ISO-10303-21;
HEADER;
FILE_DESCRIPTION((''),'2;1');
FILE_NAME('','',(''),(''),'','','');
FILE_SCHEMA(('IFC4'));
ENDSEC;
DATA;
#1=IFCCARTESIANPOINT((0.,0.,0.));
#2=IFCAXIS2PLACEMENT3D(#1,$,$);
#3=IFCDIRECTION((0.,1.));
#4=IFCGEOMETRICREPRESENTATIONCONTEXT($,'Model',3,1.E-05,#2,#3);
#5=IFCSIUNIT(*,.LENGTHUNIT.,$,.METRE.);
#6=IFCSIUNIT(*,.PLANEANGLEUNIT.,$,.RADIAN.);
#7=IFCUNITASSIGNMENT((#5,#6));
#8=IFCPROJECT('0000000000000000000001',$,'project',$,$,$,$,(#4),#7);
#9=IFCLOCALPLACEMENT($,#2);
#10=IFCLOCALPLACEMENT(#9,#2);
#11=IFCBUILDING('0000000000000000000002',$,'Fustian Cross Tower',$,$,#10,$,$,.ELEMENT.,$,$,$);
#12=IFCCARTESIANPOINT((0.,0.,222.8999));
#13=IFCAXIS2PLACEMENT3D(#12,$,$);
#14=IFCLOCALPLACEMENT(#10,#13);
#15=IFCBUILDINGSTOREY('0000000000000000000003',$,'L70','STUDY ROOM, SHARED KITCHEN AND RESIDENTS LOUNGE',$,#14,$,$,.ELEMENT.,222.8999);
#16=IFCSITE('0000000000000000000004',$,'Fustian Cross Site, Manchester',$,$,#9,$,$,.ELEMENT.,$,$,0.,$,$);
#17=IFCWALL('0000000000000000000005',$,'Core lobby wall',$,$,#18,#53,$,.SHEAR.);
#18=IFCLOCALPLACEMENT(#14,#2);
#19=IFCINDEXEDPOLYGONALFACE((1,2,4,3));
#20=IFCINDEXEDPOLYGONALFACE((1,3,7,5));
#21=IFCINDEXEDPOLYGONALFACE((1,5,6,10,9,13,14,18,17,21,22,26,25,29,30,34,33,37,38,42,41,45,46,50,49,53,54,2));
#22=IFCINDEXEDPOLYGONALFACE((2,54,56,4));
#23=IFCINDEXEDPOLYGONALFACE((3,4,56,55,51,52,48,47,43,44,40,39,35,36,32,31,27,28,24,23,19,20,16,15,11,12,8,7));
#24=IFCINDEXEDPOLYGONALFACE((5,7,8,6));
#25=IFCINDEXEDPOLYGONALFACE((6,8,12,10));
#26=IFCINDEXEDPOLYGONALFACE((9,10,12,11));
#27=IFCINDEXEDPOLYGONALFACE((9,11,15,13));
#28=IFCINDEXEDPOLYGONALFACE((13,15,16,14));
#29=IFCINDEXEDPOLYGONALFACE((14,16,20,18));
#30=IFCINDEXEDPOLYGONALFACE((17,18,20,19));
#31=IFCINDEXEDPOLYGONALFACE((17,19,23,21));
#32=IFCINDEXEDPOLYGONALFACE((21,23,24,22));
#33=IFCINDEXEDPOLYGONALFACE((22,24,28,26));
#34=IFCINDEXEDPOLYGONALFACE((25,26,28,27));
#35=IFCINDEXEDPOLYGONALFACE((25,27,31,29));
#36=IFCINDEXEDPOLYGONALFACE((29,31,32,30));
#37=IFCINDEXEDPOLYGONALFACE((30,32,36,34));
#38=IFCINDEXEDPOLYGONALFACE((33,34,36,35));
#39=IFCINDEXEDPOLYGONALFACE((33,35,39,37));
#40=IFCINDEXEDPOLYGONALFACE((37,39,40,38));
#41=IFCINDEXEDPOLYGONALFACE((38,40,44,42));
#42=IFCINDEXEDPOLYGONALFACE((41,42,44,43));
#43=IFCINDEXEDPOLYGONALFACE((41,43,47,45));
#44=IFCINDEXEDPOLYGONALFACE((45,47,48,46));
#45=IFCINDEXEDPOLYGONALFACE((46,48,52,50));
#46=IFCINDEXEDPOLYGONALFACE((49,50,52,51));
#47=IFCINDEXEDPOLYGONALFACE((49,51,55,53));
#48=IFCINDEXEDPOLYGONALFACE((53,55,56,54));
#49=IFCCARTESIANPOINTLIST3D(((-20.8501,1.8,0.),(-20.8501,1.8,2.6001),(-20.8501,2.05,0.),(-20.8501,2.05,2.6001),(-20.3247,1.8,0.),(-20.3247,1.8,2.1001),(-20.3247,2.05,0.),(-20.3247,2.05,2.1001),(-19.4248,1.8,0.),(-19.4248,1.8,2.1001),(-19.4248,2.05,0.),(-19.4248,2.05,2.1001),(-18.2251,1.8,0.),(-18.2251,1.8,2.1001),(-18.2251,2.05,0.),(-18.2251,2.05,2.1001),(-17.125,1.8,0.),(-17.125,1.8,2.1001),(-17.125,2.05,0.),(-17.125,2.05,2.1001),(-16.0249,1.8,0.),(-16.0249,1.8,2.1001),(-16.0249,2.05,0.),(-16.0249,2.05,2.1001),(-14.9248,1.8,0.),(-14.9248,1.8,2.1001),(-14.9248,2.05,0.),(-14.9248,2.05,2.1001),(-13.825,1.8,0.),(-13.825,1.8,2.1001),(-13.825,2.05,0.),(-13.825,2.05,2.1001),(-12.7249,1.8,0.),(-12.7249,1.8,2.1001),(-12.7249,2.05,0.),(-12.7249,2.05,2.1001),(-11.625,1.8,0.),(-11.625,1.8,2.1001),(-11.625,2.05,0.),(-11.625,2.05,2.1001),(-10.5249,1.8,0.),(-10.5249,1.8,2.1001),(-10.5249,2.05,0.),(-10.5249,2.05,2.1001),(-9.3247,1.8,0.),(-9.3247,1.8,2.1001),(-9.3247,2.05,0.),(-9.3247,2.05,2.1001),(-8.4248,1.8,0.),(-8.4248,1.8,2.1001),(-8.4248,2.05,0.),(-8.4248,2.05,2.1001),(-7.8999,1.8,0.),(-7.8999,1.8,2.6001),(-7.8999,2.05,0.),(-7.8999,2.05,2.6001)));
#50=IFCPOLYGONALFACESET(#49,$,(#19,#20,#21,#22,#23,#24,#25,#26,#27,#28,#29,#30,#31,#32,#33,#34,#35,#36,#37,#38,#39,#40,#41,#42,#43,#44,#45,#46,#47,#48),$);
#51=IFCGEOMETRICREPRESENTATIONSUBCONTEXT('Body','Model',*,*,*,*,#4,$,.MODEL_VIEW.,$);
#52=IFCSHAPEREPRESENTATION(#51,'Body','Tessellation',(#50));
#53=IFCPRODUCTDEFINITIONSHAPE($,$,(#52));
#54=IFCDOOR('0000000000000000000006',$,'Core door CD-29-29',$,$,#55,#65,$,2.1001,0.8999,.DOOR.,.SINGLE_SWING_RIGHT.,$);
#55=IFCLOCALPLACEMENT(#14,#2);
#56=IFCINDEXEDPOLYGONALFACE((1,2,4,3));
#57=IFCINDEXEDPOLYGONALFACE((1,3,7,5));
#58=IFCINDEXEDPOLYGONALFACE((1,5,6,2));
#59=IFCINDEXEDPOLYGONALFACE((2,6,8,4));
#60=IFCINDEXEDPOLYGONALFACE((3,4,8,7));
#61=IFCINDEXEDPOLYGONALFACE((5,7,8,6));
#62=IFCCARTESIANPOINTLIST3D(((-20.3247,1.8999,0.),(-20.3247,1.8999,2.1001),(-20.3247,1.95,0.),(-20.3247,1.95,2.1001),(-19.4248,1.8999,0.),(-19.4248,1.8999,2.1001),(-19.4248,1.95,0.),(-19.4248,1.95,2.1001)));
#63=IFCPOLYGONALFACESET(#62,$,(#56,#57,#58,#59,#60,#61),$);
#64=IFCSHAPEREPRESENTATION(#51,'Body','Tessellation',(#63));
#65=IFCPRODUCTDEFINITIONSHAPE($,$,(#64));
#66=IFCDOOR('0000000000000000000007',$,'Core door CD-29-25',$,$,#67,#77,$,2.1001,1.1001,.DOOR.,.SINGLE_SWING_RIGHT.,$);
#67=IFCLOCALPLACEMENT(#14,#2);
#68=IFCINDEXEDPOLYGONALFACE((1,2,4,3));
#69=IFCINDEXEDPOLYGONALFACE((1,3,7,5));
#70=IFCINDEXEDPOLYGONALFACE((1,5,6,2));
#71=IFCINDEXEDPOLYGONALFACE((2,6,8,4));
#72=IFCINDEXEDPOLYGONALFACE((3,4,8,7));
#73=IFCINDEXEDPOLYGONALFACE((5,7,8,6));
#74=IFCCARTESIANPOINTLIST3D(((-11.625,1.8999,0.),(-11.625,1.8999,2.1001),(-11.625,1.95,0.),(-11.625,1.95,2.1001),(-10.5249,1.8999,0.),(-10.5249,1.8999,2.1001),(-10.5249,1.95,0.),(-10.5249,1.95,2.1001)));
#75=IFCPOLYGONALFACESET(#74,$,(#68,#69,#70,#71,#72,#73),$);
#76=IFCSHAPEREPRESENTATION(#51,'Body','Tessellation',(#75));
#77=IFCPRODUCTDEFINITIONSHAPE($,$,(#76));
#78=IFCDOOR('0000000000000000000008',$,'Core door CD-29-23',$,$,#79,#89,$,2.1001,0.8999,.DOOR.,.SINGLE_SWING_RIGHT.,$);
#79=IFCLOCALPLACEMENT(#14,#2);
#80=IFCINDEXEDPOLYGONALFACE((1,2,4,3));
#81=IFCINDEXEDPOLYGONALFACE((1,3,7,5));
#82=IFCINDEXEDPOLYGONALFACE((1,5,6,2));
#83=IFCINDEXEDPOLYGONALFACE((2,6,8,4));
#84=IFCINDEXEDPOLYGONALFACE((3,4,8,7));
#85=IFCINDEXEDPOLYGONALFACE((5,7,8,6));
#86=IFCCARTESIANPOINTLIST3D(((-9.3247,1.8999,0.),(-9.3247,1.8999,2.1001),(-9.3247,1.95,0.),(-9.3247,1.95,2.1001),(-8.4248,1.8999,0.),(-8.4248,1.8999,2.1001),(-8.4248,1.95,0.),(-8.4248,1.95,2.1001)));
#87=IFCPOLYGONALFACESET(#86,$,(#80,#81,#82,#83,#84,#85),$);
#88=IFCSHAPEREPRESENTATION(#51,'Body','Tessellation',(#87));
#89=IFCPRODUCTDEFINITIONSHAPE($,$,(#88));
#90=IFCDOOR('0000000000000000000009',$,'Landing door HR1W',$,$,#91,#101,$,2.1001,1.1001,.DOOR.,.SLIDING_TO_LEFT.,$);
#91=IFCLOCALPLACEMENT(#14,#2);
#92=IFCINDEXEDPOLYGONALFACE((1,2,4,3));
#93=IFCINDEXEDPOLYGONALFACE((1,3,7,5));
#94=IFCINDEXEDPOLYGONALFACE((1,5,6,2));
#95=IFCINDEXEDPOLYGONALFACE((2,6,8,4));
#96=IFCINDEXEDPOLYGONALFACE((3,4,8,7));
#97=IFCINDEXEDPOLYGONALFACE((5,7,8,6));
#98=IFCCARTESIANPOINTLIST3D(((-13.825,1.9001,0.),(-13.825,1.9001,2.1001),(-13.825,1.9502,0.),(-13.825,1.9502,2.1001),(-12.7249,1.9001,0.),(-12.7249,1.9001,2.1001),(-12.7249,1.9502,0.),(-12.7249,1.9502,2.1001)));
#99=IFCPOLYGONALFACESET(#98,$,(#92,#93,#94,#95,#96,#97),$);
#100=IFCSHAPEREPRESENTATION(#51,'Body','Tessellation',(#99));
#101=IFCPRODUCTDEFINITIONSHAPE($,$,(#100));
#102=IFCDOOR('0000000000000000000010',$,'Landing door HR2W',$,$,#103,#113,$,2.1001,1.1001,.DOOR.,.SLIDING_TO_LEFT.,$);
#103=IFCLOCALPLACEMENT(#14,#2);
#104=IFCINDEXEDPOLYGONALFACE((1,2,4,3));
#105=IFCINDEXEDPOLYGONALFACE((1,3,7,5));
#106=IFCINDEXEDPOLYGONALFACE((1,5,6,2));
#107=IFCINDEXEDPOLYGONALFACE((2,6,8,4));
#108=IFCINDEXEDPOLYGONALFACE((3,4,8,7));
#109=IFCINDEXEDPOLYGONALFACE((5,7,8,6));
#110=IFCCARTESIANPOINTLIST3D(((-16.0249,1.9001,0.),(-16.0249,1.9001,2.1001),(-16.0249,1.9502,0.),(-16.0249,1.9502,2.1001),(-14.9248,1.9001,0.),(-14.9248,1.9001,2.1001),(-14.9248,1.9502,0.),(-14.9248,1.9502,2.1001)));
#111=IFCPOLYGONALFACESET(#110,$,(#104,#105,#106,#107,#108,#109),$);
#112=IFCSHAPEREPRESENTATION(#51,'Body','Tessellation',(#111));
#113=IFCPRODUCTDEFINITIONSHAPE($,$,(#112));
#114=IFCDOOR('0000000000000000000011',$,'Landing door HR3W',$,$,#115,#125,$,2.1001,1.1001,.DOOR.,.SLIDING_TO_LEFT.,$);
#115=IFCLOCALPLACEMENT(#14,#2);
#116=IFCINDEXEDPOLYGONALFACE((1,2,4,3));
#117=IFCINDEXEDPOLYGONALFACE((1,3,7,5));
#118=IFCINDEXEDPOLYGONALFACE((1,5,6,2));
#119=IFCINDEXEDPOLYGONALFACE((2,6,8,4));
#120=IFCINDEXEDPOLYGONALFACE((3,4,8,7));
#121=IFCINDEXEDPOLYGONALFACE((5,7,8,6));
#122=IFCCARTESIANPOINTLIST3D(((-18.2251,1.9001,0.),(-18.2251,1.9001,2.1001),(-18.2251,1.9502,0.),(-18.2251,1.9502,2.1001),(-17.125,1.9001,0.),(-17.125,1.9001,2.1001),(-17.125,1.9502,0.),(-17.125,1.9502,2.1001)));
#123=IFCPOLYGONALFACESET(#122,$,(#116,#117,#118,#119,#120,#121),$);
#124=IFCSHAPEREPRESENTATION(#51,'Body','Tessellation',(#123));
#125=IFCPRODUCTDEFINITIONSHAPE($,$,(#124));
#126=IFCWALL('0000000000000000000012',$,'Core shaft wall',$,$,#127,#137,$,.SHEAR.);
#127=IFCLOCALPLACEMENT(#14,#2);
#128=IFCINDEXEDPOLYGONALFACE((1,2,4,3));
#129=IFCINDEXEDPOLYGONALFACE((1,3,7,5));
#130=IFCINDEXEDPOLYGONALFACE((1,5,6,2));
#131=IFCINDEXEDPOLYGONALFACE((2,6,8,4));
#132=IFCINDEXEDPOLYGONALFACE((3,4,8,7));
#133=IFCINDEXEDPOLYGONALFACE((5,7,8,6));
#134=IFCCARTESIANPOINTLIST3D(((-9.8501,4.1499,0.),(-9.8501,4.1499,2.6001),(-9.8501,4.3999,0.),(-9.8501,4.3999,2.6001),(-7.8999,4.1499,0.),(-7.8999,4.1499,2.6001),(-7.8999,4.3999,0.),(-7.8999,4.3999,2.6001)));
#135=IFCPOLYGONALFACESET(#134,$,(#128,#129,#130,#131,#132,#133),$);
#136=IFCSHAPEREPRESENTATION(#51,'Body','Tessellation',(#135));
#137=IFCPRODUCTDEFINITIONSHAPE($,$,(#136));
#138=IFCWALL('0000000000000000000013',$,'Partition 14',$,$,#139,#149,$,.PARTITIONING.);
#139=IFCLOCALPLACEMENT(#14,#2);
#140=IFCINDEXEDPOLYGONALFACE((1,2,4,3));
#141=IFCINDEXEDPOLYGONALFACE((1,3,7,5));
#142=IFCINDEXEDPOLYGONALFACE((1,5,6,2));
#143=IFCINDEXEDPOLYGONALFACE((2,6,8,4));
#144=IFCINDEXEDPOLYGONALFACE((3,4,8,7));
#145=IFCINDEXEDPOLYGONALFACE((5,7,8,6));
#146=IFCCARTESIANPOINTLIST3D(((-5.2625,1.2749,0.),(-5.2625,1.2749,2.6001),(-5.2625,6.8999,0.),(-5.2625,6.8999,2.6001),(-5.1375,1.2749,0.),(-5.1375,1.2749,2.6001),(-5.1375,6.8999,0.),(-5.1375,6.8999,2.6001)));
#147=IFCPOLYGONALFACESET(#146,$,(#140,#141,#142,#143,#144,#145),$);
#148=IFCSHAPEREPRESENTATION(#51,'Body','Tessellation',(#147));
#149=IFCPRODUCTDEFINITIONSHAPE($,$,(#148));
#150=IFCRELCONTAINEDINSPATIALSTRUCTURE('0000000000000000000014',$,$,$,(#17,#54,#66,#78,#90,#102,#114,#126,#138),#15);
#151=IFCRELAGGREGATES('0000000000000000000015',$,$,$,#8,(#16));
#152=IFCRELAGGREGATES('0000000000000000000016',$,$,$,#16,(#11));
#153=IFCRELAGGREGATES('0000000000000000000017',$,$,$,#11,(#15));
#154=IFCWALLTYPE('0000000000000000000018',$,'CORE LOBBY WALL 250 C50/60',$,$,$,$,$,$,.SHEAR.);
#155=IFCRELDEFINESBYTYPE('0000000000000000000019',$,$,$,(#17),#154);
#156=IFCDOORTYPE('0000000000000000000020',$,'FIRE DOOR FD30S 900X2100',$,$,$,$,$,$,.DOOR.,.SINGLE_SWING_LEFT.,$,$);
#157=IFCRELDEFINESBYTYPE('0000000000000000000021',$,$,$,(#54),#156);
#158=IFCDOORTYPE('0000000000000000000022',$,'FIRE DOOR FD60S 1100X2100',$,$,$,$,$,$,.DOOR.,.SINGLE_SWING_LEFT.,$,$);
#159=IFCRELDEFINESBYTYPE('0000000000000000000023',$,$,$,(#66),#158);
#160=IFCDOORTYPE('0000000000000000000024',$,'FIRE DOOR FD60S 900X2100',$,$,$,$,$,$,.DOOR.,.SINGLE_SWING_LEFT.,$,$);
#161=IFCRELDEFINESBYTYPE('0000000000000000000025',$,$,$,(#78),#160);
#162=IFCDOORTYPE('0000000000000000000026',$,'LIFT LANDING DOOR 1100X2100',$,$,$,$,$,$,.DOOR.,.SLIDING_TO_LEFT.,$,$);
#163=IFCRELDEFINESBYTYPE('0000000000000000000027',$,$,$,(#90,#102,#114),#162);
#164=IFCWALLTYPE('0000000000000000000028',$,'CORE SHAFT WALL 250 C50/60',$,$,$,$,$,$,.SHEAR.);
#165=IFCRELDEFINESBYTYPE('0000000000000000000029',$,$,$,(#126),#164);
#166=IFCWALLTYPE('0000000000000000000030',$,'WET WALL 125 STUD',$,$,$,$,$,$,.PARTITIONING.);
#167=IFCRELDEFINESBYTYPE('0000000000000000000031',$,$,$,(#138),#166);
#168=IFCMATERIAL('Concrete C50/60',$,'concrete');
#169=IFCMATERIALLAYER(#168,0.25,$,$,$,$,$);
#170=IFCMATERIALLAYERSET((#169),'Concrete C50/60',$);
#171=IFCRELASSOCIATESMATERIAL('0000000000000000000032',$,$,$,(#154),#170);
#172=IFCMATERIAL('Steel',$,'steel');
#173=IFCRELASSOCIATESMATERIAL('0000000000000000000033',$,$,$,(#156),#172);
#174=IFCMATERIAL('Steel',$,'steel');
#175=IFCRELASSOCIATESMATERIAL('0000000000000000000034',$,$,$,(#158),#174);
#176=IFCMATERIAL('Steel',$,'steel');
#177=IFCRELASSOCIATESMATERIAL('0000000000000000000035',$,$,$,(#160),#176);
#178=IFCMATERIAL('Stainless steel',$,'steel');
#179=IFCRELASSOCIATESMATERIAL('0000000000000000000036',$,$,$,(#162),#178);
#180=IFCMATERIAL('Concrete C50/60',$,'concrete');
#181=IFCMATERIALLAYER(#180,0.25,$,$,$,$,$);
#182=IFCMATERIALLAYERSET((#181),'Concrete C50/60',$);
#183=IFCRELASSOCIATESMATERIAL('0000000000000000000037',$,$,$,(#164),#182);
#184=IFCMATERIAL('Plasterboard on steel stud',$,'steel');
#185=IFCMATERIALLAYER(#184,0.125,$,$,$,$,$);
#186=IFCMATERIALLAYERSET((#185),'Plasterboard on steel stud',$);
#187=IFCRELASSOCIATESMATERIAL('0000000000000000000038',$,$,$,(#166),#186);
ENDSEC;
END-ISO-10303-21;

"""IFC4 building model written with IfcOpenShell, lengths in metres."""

from ifc_helpers import new_model, si_unit, direction, frame, frame_2d, origin, place, context, subcontext, project, spatial, rectangle, extrude, material, layer, layer_set, type_object, element, fill, save


model = new_model("IFC4")

# Units and contexts
model_context = context("Model", 3, precision=1e-05, world=origin(), true_north=direction((0.0, 1.0)))
body_context = subcontext(model_context, "Body", "Model", "MODEL_VIEW")
ifc_project = project(units=[si_unit("LENGTHUNIT", "METRE"), si_unit("PLANEANGLEUNIT", "RADIAN")], contexts=[model_context])

# Site, building, storey
site_placement = place(None, origin())
site = spatial("IfcSite", under=ifc_project, at=site_placement, Name="Fustian Cross Site, Manchester", CompositionType="ELEMENT", RefElevation=0.0)
building_placement = place(site_placement, origin())
building = spatial("IfcBuilding", under=site, at=building_placement, Name="Fustian Cross Tower", CompositionType="ELEMENT")
storey_placement = place(building_placement, frame((0.0, 0.0, 222.8999)))
storey = spatial("IfcBuildingStorey", under=building, at=storey_placement, Name="L70", Description="STUDY ROOM, SHARED KITCHEN AND RESIDENTS LOUNGE", CompositionType="ELEMENT", Elevation=222.8999)

# Wall, openings, doors
ifc_material_1 = material(Name="Concrete C50/60", Category="concrete")
ifc_layer_1 = layer(ifc_material_1, 0.25)
ifc_layer_set_1 = layer_set([ifc_layer_1], Name="Concrete C50/60")
wall_type_1 = type_object("IfcWallType", Name="CORE LOBBY WALL 250 C50/60", PredefinedType="SHEAR", material=ifc_layer_set_1)
wall_1_placement = place(storey_placement, frame((-7.8999, 1.925, 0.0), z_axis=(0.0, 0.0, 1.0), x_axis=(-1.0, 0.0, 0.0)))
wall_1 = element("IfcWall", 1, at=wall_1_placement, inside=storey, type_object=wall_type_1, Name="Core lobby wall", PredefinedType="SHEAR", context=body_context, shape_type="SweptSolid", body=[
    extrude(rectangle(XDim=12.9502, YDim=0.25, at=frame_2d((6.4751, 0.0))), origin(), (0.0, 0.0, 1.0), 2.6001),
])
opening_1_placement = place(wall_1_placement, frame((4.825, 0.0, 0.0)))
opening_1 = element("IfcOpeningElement", 2, at=opening_1_placement, cuts=wall_1, PredefinedType="OPENING", context=body_context, shape_type="SweptSolid", body=[
    extrude(rectangle(XDim=1.1001, YDim=2.1001, at=frame_2d((0.55, 1.05))), frame((0.0, 0.135, 0.0), z_axis=(0.0, -1.0, 0.0), x_axis=(1.0, 0.0, 0.0)), (0.0, 0.0, 1.0), 0.27),
])
opening_2_placement = place(wall_1_placement, frame((7.0249, 0.0, 0.0)))
opening_2 = element("IfcOpeningElement", 3, at=opening_2_placement, cuts=wall_1, PredefinedType="OPENING", context=body_context, shape_type="SweptSolid", body=[
    extrude(rectangle(XDim=1.1001, YDim=2.1001, at=frame_2d((0.55, 1.05))), frame((0.0, 0.135, 0.0), z_axis=(0.0, -1.0, 0.0), x_axis=(1.0, 0.0, 0.0)), (0.0, 0.0, 1.0), 0.27),
])
opening_3_placement = place(wall_1_placement, frame((9.2251, 0.0, 0.0)))
opening_3 = element("IfcOpeningElement", 4, at=opening_3_placement, cuts=wall_1, PredefinedType="OPENING", context=body_context, shape_type="SweptSolid", body=[
    extrude(rectangle(XDim=1.1001, YDim=2.1001, at=frame_2d((0.55, 1.05))), frame((0.0, 0.135, 0.0), z_axis=(0.0, -1.0, 0.0), x_axis=(1.0, 0.0, 0.0)), (0.0, 0.0, 1.0), 0.27),
])
opening_4_placement = place(wall_1_placement, frame((0.5249, 0.0, 0.0)))
opening_4 = element("IfcOpeningElement", 5, at=opening_4_placement, cuts=wall_1, PredefinedType="OPENING", context=body_context, shape_type="SweptSolid", body=[
    extrude(rectangle(XDim=0.8999, YDim=2.1001, at=frame_2d((0.45, 1.05))), frame((0.0, 0.135, 0.0), z_axis=(0.0, -1.0, 0.0), x_axis=(1.0, 0.0, 0.0)), (0.0, 0.0, 1.0), 0.27),
])
opening_5_placement = place(wall_1_placement, frame((2.625, 0.0, 0.0)))
opening_5 = element("IfcOpeningElement", 6, at=opening_5_placement, cuts=wall_1, PredefinedType="OPENING", context=body_context, shape_type="SweptSolid", body=[
    extrude(rectangle(XDim=1.1001, YDim=2.1001, at=frame_2d((0.55, 1.05))), frame((0.0, 0.135, 0.0), z_axis=(0.0, -1.0, 0.0), x_axis=(1.0, 0.0, 0.0)), (0.0, 0.0, 1.0), 0.27),
])
opening_6_placement = place(wall_1_placement, frame((11.5249, 0.0, 0.0)))
opening_6 = element("IfcOpeningElement", 7, at=opening_6_placement, cuts=wall_1, PredefinedType="OPENING", context=body_context, shape_type="SweptSolid", body=[
    extrude(rectangle(XDim=0.8999, YDim=2.1001, at=frame_2d((0.45, 1.05))), frame((0.0, 0.135, 0.0), z_axis=(0.0, -1.0, 0.0), x_axis=(1.0, 0.0, 0.0)), (0.0, 0.0, 1.0), 0.27),
])
ifc_material_2 = material(Name="Steel", Category="steel")
door_type_1 = type_object("IfcDoorType", Name="FIRE DOOR FD30S 900X2100", OperationType="SINGLE_SWING_LEFT", PredefinedType="DOOR", material=ifc_material_2)
door_1_placement = place(opening_6_placement, frame((0.8999, 0.0, 0.0), z_axis=(0.0, 0.0, 1.0), x_axis=(-1.0, 0.0, 0.0)))
door_1 = element("IfcDoor", 8, at=door_1_placement, inside=storey, type_object=door_type_1, Name="Core door CD-29-29", OperationType="SINGLE_SWING_RIGHT", OverallHeight=2.1001, OverallWidth=0.8999, PredefinedType="DOOR", context=body_context, shape_type="SweptSolid", body=[
    extrude(rectangle(XDim=0.8999, YDim=2.1001, at=frame_2d((0.45, 1.05))), frame((0.0, 0.0249, 0.0), z_axis=(0.0, -1.0, 0.0), x_axis=(1.0, 0.0, 0.0)), (0.0, 0.0, 1.0), 0.05),
])
fill(opening_6, door_1)
ifc_material_3 = material(Name="Steel", Category="steel")
door_type_2 = type_object("IfcDoorType", Name="FIRE DOOR FD60S 1100X2100", OperationType="SINGLE_SWING_LEFT", PredefinedType="DOOR", material=ifc_material_3)
door_2_placement = place(opening_5_placement, frame((1.1001, 0.0, 0.0), z_axis=(0.0, 0.0, 1.0), x_axis=(-1.0, 0.0, 0.0)))
door_2 = element("IfcDoor", 9, at=door_2_placement, inside=storey, type_object=door_type_2, Name="Core door CD-29-25", OperationType="SINGLE_SWING_RIGHT", OverallHeight=2.1001, OverallWidth=1.1001, PredefinedType="DOOR", context=body_context, shape_type="SweptSolid", body=[
    extrude(rectangle(XDim=1.1001, YDim=2.1001, at=frame_2d((0.55, 1.05))), frame((0.0, 0.0249, 0.0), z_axis=(0.0, -1.0, 0.0), x_axis=(1.0, 0.0, 0.0)), (0.0, 0.0, 1.0), 0.05),
])
fill(opening_5, door_2)
ifc_material_4 = material(Name="Steel", Category="steel")
door_type_3 = type_object("IfcDoorType", Name="FIRE DOOR FD60S 900X2100", OperationType="SINGLE_SWING_LEFT", PredefinedType="DOOR", material=ifc_material_4)
door_3_placement = place(opening_4_placement, frame((0.8999, 0.0, 0.0), z_axis=(0.0, 0.0, 1.0), x_axis=(-1.0, 0.0, 0.0)))
door_3 = element("IfcDoor", 10, at=door_3_placement, inside=storey, type_object=door_type_3, Name="Core door CD-29-23", OperationType="SINGLE_SWING_RIGHT", OverallHeight=2.1001, OverallWidth=0.8999, PredefinedType="DOOR", context=body_context, shape_type="SweptSolid", body=[
    extrude(rectangle(XDim=0.8999, YDim=2.1001, at=frame_2d((0.45, 1.05))), frame((0.0, 0.0249, 0.0), z_axis=(0.0, -1.0, 0.0), x_axis=(1.0, 0.0, 0.0)), (0.0, 0.0, 1.0), 0.05),
])
fill(opening_4, door_3)
ifc_material_5 = material(Name="Stainless steel", Category="steel")
door_type_4 = type_object("IfcDoorType", Name="LIFT LANDING DOOR 1100X2100", OperationType="SLIDING_TO_LEFT", PredefinedType="DOOR", material=ifc_material_5)
door_4_placement = place(opening_1_placement, origin())
door_4 = element("IfcDoor", 11, at=door_4_placement, inside=storey, type_object=door_type_4, Name="Landing door HR1W", OperationType="SLIDING_TO_LEFT", OverallHeight=2.1001, OverallWidth=1.1001, PredefinedType="DOOR", context=body_context, shape_type="SweptSolid", body=[
    extrude(rectangle(XDim=1.1001, YDim=2.1001, at=frame_2d((0.55, 1.05))), frame((0.0, 0.0249, 0.0), z_axis=(0.0, -1.0, 0.0), x_axis=(1.0, 0.0, 0.0)), (0.0, 0.0, 1.0), 0.05),
])
fill(opening_1, door_4)
door_5_placement = place(opening_2_placement, origin())
door_5 = element("IfcDoor", 12, at=door_5_placement, inside=storey, type_object=door_type_4, Name="Landing door HR2W", OperationType="SLIDING_TO_LEFT", OverallHeight=2.1001, OverallWidth=1.1001, PredefinedType="DOOR", context=body_context, shape_type="SweptSolid", body=[
    extrude(rectangle(XDim=1.1001, YDim=2.1001, at=frame_2d((0.55, 1.05))), frame((0.0, 0.0249, 0.0), z_axis=(0.0, -1.0, 0.0), x_axis=(1.0, 0.0, 0.0)), (0.0, 0.0, 1.0), 0.05),
])
fill(opening_2, door_5)
door_6_placement = place(opening_3_placement, origin())
door_6 = element("IfcDoor", 13, at=door_6_placement, inside=storey, type_object=door_type_4, Name="Landing door HR3W", OperationType="SLIDING_TO_LEFT", OverallHeight=2.1001, OverallWidth=1.1001, PredefinedType="DOOR", context=body_context, shape_type="SweptSolid", body=[
    extrude(rectangle(XDim=1.1001, YDim=2.1001, at=frame_2d((0.55, 1.05))), frame((0.0, 0.0249, 0.0), z_axis=(0.0, -1.0, 0.0), x_axis=(1.0, 0.0, 0.0)), (0.0, 0.0, 1.0), 0.05),
])
fill(opening_3, door_6)

# Walls
ifc_material_6 = material(Name="Concrete C50/60", Category="concrete")
ifc_layer_2 = layer(ifc_material_6, 0.25)
ifc_layer_set_2 = layer_set([ifc_layer_2], Name="Concrete C50/60")
wall_type_2 = type_object("IfcWallType", Name="CORE SHAFT WALL 250 C50/60", PredefinedType="SHEAR", material=ifc_layer_set_2)
wall_2_placement = place(storey_placement, frame((-7.8999, 4.2749, 0.0), z_axis=(0.0, 0.0, 1.0), x_axis=(-1.0, 0.0, 0.0)))
element("IfcWall", 14, at=wall_2_placement, inside=storey, type_object=wall_type_2, Name="Core shaft wall", PredefinedType="SHEAR", context=body_context, shape_type="SweptSolid", body=[
    extrude(rectangle(XDim=1.9502, YDim=0.25, at=frame_2d((0.9751, 0.0))), origin(), (0.0, 0.0, 1.0), 2.6001),
])
ifc_material_7 = material(Name="Plasterboard on steel stud", Category="steel")
ifc_layer_3 = layer(ifc_material_7, 0.125)
ifc_layer_set_3 = layer_set([ifc_layer_3], Name="Plasterboard on steel stud")
wall_type_3 = type_object("IfcWallType", Name="WET WALL 125 STUD", PredefinedType="PARTITIONING", material=ifc_layer_set_3)
wall_3_placement = place(storey_placement, frame((-5.2, 1.2749, 0.0), z_axis=(0.0, 0.0, 1.0), x_axis=(0.0, 1.0, 0.0)))
element("IfcWall", 15, at=wall_3_placement, inside=storey, type_object=wall_type_3, Name="Partition 14", PredefinedType="PARTITIONING", context=body_context, shape_type="SweptSolid", body=[
    extrude(rectangle(XDim=5.625, YDim=0.125, at=frame_2d((2.8125, 0.0))), origin(), (0.0, 0.0, 1.0), 2.6001),
])

save(model, "model.ifc")
